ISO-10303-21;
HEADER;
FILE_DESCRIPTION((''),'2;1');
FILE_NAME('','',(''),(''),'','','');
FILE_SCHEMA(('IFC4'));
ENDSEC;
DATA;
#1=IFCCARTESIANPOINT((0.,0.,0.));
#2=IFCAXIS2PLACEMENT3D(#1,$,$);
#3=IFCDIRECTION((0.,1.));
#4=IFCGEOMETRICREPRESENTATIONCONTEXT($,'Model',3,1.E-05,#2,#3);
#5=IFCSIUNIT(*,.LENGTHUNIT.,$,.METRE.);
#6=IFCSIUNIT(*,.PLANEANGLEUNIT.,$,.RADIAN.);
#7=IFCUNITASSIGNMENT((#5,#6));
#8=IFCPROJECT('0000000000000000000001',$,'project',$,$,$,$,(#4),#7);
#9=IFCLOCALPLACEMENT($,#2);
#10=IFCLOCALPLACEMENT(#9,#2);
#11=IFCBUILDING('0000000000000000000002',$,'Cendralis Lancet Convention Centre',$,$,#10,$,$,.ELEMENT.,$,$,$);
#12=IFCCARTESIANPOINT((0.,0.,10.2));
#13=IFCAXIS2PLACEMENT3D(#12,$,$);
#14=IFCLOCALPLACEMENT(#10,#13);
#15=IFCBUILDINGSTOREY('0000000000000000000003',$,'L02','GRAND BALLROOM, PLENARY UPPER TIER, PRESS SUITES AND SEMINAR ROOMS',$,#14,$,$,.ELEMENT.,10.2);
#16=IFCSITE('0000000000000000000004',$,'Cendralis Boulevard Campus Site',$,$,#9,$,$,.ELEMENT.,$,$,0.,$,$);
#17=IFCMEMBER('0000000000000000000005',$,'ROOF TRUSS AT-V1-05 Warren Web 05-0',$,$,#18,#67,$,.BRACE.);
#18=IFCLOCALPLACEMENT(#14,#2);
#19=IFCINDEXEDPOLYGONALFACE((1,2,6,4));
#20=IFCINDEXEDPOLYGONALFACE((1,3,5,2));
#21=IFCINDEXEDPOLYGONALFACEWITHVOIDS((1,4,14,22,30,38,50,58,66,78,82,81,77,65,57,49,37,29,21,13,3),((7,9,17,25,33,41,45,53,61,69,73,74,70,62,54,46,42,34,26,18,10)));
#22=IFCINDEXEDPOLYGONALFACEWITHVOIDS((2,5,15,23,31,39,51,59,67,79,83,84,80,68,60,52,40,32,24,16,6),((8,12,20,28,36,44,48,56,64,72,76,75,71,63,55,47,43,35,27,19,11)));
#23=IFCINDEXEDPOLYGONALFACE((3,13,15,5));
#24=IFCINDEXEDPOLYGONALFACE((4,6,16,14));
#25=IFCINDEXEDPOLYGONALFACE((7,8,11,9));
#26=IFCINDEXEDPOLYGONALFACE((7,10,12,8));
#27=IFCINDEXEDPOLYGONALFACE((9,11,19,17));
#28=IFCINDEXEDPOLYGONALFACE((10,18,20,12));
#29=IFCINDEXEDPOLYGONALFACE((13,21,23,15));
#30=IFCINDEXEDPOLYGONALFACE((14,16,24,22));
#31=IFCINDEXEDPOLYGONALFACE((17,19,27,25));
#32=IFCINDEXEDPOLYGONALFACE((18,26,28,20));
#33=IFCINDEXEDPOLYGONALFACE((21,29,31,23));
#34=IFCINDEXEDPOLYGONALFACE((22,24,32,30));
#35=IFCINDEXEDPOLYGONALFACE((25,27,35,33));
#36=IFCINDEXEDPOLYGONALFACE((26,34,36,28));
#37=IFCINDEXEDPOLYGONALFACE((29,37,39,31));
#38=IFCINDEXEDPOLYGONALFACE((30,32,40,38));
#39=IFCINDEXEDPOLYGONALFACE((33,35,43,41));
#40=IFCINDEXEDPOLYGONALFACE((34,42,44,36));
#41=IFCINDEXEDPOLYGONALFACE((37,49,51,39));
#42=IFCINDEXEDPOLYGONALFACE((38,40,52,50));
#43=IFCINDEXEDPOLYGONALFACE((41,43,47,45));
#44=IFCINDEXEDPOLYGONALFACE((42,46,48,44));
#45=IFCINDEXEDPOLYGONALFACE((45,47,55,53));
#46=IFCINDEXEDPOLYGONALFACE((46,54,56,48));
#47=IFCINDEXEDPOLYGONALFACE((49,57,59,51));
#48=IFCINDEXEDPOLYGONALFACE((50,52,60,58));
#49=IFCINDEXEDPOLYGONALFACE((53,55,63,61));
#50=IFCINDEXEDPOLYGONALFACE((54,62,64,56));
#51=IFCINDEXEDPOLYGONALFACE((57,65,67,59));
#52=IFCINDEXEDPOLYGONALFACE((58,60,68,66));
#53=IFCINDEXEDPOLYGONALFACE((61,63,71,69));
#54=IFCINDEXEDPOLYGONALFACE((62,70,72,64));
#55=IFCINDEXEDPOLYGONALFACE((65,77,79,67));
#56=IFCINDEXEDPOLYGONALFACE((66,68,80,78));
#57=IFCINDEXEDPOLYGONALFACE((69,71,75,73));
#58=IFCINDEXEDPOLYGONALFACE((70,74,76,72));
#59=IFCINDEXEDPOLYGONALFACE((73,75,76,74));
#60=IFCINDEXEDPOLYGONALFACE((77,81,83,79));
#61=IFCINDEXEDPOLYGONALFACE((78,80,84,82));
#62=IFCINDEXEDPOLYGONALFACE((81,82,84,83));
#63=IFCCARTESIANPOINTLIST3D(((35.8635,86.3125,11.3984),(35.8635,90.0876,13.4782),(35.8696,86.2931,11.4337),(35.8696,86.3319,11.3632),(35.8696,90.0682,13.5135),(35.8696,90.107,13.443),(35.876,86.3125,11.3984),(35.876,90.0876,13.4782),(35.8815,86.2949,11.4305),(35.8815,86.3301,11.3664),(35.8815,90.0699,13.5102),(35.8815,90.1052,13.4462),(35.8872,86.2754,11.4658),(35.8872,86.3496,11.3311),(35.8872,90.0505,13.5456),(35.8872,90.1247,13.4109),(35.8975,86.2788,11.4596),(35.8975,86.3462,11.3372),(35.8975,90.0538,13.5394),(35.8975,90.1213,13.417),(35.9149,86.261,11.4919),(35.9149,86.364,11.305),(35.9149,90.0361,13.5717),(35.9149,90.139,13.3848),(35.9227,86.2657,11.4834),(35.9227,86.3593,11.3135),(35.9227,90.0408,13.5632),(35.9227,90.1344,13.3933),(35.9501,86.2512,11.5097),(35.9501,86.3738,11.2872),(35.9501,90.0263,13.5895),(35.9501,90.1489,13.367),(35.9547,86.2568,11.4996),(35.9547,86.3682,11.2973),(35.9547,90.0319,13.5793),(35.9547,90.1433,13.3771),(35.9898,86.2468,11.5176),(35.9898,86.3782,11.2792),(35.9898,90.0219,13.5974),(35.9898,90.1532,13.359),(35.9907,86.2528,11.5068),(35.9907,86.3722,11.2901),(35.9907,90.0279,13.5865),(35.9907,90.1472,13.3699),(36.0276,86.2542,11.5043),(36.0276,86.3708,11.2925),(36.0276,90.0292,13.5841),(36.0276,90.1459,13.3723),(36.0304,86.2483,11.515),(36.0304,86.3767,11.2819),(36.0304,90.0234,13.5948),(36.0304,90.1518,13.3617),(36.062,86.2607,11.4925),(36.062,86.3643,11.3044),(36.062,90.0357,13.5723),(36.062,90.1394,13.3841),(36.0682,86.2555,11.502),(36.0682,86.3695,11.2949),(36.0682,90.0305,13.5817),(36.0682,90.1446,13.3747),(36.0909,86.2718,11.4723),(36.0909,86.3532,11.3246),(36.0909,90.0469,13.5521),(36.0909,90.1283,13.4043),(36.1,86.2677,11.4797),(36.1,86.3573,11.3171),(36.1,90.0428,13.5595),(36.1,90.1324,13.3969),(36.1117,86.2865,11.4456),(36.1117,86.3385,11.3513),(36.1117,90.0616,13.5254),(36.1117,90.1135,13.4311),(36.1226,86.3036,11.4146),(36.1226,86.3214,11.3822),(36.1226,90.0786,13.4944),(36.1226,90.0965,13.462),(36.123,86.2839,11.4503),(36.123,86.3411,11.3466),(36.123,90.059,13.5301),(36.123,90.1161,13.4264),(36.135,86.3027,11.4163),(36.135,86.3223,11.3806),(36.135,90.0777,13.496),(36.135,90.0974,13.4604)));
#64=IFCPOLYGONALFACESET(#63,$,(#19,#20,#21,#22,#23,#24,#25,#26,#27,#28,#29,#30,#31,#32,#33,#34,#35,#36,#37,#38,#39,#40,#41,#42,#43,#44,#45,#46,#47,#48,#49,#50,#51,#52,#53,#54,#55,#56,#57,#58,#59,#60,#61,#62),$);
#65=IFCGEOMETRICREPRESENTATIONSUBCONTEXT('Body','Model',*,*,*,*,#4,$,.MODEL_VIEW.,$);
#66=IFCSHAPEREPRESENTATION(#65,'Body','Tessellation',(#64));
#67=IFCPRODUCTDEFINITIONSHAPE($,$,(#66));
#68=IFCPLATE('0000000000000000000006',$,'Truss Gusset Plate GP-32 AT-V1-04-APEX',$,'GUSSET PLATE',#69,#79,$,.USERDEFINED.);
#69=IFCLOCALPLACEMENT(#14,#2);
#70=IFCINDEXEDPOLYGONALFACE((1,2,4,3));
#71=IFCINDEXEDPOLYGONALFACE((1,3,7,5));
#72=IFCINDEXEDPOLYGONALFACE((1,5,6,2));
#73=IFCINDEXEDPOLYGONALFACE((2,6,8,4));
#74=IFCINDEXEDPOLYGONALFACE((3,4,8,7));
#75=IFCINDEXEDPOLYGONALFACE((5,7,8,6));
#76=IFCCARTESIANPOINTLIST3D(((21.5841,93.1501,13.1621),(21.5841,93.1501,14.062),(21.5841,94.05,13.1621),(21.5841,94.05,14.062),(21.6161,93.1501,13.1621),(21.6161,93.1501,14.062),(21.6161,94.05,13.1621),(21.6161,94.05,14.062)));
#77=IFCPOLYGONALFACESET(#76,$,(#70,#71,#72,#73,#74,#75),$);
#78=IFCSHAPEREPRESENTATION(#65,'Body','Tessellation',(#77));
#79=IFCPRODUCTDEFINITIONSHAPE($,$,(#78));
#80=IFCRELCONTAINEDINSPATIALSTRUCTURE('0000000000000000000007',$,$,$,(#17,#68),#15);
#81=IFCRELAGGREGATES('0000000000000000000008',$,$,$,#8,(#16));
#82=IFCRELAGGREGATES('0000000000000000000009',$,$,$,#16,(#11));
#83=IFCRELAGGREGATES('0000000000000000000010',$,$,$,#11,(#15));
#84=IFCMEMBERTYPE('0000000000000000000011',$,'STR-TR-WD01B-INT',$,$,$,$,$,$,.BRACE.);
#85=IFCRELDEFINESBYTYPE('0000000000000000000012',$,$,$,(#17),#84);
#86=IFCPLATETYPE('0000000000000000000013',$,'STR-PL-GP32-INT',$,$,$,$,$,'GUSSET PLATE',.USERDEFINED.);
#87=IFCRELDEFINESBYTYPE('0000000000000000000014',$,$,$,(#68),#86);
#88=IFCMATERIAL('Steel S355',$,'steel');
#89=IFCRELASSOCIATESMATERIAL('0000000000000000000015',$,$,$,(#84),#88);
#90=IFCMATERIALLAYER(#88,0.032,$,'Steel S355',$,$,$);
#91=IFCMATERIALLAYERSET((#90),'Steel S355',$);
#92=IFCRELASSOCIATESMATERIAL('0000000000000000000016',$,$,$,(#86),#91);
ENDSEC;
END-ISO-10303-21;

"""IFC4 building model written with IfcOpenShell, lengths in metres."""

from ifc_helpers import new_model, si_unit, direction, frame, origin, origin_2d, place, context, subcontext, project, spatial, rectangle, hollow_circle, extrude, material, layer, layer_set, material_profile, profile_set, type_object, element, save


model = new_model("IFC4")

# Units and contexts
model_context = context("Model", 3, precision=1e-05, world=origin(), true_north=direction((0.0, 1.0)))
body_context = subcontext(model_context, "Body", "Model", "MODEL_VIEW")
ifc_project = project(units=[si_unit("LENGTHUNIT", "METRE"), si_unit("PLANEANGLEUNIT", "RADIAN")], contexts=[model_context])

# Site, building, storey
site_placement = place(None, origin())
site = spatial("IfcSite", under=ifc_project, at=site_placement, Name="Cendralis Boulevard Campus Site", CompositionType="ELEMENT", RefElevation=0.0)
building_placement = place(site_placement, origin())
building = spatial("IfcBuilding", under=site, at=building_placement, Name="Cendralis Lancet Convention Centre", CompositionType="ELEMENT")
storey_placement = place(building_placement, frame((0.0, 0.0, 10.2)))
storey = spatial("IfcBuildingStorey", under=building, at=storey_placement, Name="L02", Description="GRAND BALLROOM, PLENARY UPPER TIER, PRESS SUITES AND SEMINAR ROOMS", CompositionType="ELEMENT", Elevation=10.2)

# Member
ifc_material = material(Name="Steel S355", Category="steel")
ifc_material_profile_1 = material_profile(ifc_material, hollow_circle(Radius=0.1365, WallThickness=0.0125, at=origin_2d()), Name="CHS 273.0x12.5")
ifc_profile_set_1 = profile_set([ifc_material_profile_1], Name="Steel S355")
member_type_1 = type_object("IfcMemberType", Name="STR-TR-WD01B-INT", PredefinedType="BRACE", material=ifc_profile_set_1)
member_1_placement = place(storey_placement, frame((36.0, 86.3125, 11.3984), z_axis=(0.0, 0.875872, 0.482543), x_axis=(-1.0, 0.0, 0.0)))
element("IfcMember", 1, at=member_1_placement, inside=storey, type_object=member_type_1, Name="ROOF TRUSS AT-V1-05 Warren Web 05-0", PredefinedType="BRACE", context=body_context, shape_type="SweptSolid", body=[
    extrude(hollow_circle(Radius=0.1365, WallThickness=0.0125, at=origin_2d()), origin(), (0.0, 0.0, 1.0), 4.3101),
])

# Plate
ifc_layer = layer(ifc_material, 0.032, Name="Steel S355")
ifc_layer_set = layer_set([ifc_layer], Name="Steel S355")
plate_type = type_object("IfcPlateType", Name="STR-PL-GP32-INT", ElementType="GUSSET PLATE", PredefinedType="USERDEFINED", material=ifc_layer_set)
plate_placement = place(storey_placement, frame((21.6001, 93.6001, 13.1621), z_axis=(0.0, 0.0, 1.0), x_axis=(0.0, 1.0, 0.0)))
element("IfcPlate", 2, at=plate_placement, inside=storey, type_object=plate_type, Name="Truss Gusset Plate GP-32 AT-V1-04-APEX", ObjectType="GUSSET PLATE", PredefinedType="USERDEFINED", context=body_context, shape_type="SweptSolid", body=[
    extrude(rectangle(XDim=0.8999, YDim=0.032, at=origin_2d()), origin(), (0.0, 0.0, 1.0), 0.8999),
])

save(model, "model.ifc")
